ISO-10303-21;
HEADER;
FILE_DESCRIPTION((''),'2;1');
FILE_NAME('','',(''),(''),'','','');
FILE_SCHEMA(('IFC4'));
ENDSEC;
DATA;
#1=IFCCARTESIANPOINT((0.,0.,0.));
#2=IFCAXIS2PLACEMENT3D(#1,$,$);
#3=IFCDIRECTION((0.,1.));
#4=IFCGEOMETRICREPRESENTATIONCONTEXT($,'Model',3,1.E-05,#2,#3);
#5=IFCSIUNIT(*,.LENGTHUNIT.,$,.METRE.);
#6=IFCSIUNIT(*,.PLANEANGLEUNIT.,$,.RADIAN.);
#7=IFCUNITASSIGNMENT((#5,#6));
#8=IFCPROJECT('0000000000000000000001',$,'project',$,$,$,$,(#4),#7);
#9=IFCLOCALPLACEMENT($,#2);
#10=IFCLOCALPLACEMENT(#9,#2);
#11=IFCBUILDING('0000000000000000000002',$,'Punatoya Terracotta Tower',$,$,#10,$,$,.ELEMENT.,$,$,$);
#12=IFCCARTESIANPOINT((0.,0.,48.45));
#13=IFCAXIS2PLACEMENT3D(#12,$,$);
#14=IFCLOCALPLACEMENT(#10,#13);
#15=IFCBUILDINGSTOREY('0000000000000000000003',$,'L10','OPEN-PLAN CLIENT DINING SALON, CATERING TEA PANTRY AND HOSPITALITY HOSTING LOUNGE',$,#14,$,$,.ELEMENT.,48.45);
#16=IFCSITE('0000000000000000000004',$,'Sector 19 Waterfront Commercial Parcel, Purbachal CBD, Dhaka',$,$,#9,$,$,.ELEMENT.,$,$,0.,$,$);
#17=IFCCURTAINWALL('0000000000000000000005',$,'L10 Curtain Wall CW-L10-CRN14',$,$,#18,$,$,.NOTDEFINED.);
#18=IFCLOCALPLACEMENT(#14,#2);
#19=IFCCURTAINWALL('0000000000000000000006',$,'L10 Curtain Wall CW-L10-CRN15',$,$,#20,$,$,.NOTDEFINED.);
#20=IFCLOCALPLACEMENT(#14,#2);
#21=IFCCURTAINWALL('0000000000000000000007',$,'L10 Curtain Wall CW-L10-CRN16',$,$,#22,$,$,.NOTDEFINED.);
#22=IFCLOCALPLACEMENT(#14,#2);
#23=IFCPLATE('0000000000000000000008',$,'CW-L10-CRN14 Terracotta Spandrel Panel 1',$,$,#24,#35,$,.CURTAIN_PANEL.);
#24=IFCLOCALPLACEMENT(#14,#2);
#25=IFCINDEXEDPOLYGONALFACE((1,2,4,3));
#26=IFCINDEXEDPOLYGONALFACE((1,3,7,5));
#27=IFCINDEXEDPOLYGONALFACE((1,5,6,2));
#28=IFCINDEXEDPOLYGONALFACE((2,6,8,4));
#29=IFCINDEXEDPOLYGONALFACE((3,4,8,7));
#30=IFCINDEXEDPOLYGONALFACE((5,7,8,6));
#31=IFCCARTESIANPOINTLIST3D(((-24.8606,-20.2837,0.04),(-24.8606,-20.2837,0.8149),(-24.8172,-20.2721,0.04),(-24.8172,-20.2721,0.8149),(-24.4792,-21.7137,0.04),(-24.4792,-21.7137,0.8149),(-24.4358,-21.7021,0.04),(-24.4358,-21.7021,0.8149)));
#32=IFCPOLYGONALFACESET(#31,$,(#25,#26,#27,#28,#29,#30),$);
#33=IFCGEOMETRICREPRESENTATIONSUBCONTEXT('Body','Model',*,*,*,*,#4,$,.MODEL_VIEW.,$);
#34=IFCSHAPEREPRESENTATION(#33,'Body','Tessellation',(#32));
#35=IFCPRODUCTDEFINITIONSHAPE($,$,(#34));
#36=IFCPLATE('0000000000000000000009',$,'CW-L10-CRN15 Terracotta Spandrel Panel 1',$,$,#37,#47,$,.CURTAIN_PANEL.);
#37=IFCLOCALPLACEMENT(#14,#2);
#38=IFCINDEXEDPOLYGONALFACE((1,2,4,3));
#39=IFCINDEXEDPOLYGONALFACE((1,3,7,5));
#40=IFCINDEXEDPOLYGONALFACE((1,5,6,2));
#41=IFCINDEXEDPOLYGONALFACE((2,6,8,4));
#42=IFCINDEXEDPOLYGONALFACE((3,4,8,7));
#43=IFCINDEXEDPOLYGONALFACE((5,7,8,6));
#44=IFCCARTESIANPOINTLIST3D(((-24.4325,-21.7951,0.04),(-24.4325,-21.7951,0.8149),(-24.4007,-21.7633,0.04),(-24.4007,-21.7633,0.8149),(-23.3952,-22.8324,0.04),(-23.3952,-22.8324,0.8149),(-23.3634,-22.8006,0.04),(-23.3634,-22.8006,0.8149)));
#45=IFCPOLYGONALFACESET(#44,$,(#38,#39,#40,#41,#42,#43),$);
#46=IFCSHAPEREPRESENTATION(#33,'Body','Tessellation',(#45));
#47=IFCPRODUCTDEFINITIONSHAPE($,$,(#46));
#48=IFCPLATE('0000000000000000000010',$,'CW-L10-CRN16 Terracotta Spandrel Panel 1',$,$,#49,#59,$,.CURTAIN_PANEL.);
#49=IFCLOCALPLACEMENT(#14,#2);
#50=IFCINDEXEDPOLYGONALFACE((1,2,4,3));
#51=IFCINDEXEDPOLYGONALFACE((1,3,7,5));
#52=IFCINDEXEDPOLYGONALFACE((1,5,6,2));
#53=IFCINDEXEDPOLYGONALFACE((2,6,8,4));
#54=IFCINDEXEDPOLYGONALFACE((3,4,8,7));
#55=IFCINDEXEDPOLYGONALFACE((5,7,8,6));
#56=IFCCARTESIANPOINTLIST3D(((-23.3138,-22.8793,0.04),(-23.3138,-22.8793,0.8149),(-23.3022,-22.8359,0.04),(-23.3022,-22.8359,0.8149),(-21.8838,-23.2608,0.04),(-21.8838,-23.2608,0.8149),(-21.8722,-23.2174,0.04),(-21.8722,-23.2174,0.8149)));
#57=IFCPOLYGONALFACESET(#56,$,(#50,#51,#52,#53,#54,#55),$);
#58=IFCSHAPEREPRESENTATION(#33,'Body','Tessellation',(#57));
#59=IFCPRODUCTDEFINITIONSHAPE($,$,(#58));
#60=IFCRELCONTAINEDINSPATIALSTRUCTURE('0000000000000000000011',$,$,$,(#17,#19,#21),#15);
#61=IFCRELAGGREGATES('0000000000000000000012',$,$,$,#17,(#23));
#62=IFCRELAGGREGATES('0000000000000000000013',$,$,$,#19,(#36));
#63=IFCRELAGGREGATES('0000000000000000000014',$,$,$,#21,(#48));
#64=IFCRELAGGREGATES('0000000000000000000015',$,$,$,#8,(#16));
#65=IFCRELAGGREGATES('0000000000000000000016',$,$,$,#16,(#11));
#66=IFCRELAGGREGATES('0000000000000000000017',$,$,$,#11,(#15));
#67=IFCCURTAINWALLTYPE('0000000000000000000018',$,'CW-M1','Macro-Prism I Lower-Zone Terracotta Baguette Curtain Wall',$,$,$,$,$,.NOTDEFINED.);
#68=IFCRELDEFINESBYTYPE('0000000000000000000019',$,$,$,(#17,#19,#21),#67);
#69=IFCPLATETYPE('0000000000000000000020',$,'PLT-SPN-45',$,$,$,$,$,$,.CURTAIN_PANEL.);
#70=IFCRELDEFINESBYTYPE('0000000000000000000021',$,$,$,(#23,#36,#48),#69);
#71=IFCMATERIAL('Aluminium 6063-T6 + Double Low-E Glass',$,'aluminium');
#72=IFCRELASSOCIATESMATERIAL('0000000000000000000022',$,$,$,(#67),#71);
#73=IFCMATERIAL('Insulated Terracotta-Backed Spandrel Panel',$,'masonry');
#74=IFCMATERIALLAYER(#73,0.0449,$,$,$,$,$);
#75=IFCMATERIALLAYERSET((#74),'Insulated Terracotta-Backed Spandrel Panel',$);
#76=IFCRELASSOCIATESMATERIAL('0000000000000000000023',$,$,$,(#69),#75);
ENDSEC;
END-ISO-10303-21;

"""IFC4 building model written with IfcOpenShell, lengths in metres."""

from ifc_helpers import new_model, si_unit, direction, frame, origin, origin_2d, place, context, subcontext, project, spatial, rectangle, extrude, material, layer, layer_set, type_object, element, aggregate, save


model = new_model("IFC4")

# Units and contexts
model_context = context("Model", 3, precision=1e-05, world=origin(), true_north=direction((0.0, 1.0)))
body_context = subcontext(model_context, "Body", "Model", "MODEL_VIEW")
ifc_project = project(units=[si_unit("LENGTHUNIT", "METRE"), si_unit("PLANEANGLEUNIT", "RADIAN")], contexts=[model_context])

# Site, building, storey
site_placement = place(None, origin())
site = spatial("IfcSite", under=ifc_project, at=site_placement, Name="Sector 19 Waterfront Commercial Parcel, Purbachal CBD, Dhaka", CompositionType="ELEMENT", RefElevation=0.0)
building_placement = place(site_placement, origin())
building = spatial("IfcBuilding", under=site, at=building_placement, Name="Punatoya Terracotta Tower", CompositionType="ELEMENT")
storey_placement = place(building_placement, frame((0.0, 0.0, 48.45)))
storey = spatial("IfcBuildingStorey", under=building, at=storey_placement, Name="L10", Description="OPEN-PLAN CLIENT DINING SALON, CATERING TEA PANTRY AND HOSPITALITY HOSTING LOUNGE", CompositionType="ELEMENT", Elevation=48.45)

# Shared definitions
ifc_material_1 = material(Name="Aluminium 6063-T6 + Double Low-E Glass", Category="aluminium")
curtain_wall_type = type_object("IfcCurtainWallType", Name="CW-M1", Description="Macro-Prism I Lower-Zone Terracotta Baguette Curtain Wall", PredefinedType="NOTDEFINED", material=ifc_material_1)

# Curtain walls
curtain_wall_1_placement = place(storey_placement, origin())
curtain_wall_1 = element("IfcCurtainWall", 1, at=curtain_wall_1_placement, inside=storey, type_object=curtain_wall_type, Name="L10 Curtain Wall CW-L10-CRN14", PredefinedType="NOTDEFINED")
curtain_wall_2_placement = place(storey_placement, origin())
curtain_wall_2 = element("IfcCurtainWall", 2, at=curtain_wall_2_placement, inside=storey, type_object=curtain_wall_type, Name="L10 Curtain Wall CW-L10-CRN15", PredefinedType="NOTDEFINED")
curtain_wall_3_placement = place(storey_placement, origin())
curtain_wall_3 = element("IfcCurtainWall", 3, at=curtain_wall_3_placement, inside=storey, type_object=curtain_wall_type, Name="L10 Curtain Wall CW-L10-CRN16", PredefinedType="NOTDEFINED")

# Plates
ifc_material_2 = material(Name="Insulated Terracotta-Backed Spandrel Panel", Category="masonry")
ifc_layer_1 = layer(ifc_material_2, 0.0449)
ifc_layer_set_1 = layer_set([ifc_layer_1], Name="Insulated Terracotta-Backed Spandrel Panel")
plate_type_1 = type_object("IfcPlateType", Name="PLT-SPN-45", PredefinedType="CURTAIN_PANEL", material=ifc_layer_set_1)
plate_1_placement = place(storey_placement, frame((-24.6482, -20.9929, 0.04), z_axis=(0.0, 0.0, 1.0), x_axis=(0.257742, -0.966214, 0.0)))
plate_1 = element("IfcPlate", 4, at=plate_1_placement, type_object=plate_type_1, Name="CW-L10-CRN14 Terracotta Spandrel Panel 1", PredefinedType="CURTAIN_PANEL", context=body_context, shape_type="SweptSolid", body=[
    extrude(rectangle(XDim=1.48, YDim=0.0449, at=origin_2d()), origin(), (0.0, 0.0, 1.0), 0.7749),
])
aggregate(curtain_wall_1, [plate_1])
plate_2_placement = place(storey_placement, frame((-23.8979, -22.2979, 0.04), z_axis=(0.0, 0.0, 1.0), x_axis=(0.707107, -0.707107, 0.0)))
plate_2 = element("IfcPlate", 5, at=plate_2_placement, type_object=plate_type_1, Name="CW-L10-CRN15 Terracotta Spandrel Panel 1", PredefinedType="CURTAIN_PANEL", context=body_context, shape_type="SweptSolid", body=[
    extrude(rectangle(XDim=1.467, YDim=0.0449, at=origin_2d()), origin(), (0.0, 0.0, 1.0), 0.7749),
])
aggregate(curtain_wall_2, [plate_2])
plate_3_placement = place(storey_placement, frame((-22.593, -23.0483, 0.04), z_axis=(0.0, 0.0, 1.0), x_axis=(0.966214, -0.257742, 0.0)))
plate_3 = element("IfcPlate", 6, at=plate_3_placement, type_object=plate_type_1, Name="CW-L10-CRN16 Terracotta Spandrel Panel 1", PredefinedType="CURTAIN_PANEL", context=body_context, shape_type="SweptSolid", body=[
    extrude(rectangle(XDim=1.48, YDim=0.0449, at=origin_2d()), origin(), (0.0, 0.0, 1.0), 0.7749),
])
aggregate(curtain_wall_3, [plate_3])

save(model, "model.ifc")
